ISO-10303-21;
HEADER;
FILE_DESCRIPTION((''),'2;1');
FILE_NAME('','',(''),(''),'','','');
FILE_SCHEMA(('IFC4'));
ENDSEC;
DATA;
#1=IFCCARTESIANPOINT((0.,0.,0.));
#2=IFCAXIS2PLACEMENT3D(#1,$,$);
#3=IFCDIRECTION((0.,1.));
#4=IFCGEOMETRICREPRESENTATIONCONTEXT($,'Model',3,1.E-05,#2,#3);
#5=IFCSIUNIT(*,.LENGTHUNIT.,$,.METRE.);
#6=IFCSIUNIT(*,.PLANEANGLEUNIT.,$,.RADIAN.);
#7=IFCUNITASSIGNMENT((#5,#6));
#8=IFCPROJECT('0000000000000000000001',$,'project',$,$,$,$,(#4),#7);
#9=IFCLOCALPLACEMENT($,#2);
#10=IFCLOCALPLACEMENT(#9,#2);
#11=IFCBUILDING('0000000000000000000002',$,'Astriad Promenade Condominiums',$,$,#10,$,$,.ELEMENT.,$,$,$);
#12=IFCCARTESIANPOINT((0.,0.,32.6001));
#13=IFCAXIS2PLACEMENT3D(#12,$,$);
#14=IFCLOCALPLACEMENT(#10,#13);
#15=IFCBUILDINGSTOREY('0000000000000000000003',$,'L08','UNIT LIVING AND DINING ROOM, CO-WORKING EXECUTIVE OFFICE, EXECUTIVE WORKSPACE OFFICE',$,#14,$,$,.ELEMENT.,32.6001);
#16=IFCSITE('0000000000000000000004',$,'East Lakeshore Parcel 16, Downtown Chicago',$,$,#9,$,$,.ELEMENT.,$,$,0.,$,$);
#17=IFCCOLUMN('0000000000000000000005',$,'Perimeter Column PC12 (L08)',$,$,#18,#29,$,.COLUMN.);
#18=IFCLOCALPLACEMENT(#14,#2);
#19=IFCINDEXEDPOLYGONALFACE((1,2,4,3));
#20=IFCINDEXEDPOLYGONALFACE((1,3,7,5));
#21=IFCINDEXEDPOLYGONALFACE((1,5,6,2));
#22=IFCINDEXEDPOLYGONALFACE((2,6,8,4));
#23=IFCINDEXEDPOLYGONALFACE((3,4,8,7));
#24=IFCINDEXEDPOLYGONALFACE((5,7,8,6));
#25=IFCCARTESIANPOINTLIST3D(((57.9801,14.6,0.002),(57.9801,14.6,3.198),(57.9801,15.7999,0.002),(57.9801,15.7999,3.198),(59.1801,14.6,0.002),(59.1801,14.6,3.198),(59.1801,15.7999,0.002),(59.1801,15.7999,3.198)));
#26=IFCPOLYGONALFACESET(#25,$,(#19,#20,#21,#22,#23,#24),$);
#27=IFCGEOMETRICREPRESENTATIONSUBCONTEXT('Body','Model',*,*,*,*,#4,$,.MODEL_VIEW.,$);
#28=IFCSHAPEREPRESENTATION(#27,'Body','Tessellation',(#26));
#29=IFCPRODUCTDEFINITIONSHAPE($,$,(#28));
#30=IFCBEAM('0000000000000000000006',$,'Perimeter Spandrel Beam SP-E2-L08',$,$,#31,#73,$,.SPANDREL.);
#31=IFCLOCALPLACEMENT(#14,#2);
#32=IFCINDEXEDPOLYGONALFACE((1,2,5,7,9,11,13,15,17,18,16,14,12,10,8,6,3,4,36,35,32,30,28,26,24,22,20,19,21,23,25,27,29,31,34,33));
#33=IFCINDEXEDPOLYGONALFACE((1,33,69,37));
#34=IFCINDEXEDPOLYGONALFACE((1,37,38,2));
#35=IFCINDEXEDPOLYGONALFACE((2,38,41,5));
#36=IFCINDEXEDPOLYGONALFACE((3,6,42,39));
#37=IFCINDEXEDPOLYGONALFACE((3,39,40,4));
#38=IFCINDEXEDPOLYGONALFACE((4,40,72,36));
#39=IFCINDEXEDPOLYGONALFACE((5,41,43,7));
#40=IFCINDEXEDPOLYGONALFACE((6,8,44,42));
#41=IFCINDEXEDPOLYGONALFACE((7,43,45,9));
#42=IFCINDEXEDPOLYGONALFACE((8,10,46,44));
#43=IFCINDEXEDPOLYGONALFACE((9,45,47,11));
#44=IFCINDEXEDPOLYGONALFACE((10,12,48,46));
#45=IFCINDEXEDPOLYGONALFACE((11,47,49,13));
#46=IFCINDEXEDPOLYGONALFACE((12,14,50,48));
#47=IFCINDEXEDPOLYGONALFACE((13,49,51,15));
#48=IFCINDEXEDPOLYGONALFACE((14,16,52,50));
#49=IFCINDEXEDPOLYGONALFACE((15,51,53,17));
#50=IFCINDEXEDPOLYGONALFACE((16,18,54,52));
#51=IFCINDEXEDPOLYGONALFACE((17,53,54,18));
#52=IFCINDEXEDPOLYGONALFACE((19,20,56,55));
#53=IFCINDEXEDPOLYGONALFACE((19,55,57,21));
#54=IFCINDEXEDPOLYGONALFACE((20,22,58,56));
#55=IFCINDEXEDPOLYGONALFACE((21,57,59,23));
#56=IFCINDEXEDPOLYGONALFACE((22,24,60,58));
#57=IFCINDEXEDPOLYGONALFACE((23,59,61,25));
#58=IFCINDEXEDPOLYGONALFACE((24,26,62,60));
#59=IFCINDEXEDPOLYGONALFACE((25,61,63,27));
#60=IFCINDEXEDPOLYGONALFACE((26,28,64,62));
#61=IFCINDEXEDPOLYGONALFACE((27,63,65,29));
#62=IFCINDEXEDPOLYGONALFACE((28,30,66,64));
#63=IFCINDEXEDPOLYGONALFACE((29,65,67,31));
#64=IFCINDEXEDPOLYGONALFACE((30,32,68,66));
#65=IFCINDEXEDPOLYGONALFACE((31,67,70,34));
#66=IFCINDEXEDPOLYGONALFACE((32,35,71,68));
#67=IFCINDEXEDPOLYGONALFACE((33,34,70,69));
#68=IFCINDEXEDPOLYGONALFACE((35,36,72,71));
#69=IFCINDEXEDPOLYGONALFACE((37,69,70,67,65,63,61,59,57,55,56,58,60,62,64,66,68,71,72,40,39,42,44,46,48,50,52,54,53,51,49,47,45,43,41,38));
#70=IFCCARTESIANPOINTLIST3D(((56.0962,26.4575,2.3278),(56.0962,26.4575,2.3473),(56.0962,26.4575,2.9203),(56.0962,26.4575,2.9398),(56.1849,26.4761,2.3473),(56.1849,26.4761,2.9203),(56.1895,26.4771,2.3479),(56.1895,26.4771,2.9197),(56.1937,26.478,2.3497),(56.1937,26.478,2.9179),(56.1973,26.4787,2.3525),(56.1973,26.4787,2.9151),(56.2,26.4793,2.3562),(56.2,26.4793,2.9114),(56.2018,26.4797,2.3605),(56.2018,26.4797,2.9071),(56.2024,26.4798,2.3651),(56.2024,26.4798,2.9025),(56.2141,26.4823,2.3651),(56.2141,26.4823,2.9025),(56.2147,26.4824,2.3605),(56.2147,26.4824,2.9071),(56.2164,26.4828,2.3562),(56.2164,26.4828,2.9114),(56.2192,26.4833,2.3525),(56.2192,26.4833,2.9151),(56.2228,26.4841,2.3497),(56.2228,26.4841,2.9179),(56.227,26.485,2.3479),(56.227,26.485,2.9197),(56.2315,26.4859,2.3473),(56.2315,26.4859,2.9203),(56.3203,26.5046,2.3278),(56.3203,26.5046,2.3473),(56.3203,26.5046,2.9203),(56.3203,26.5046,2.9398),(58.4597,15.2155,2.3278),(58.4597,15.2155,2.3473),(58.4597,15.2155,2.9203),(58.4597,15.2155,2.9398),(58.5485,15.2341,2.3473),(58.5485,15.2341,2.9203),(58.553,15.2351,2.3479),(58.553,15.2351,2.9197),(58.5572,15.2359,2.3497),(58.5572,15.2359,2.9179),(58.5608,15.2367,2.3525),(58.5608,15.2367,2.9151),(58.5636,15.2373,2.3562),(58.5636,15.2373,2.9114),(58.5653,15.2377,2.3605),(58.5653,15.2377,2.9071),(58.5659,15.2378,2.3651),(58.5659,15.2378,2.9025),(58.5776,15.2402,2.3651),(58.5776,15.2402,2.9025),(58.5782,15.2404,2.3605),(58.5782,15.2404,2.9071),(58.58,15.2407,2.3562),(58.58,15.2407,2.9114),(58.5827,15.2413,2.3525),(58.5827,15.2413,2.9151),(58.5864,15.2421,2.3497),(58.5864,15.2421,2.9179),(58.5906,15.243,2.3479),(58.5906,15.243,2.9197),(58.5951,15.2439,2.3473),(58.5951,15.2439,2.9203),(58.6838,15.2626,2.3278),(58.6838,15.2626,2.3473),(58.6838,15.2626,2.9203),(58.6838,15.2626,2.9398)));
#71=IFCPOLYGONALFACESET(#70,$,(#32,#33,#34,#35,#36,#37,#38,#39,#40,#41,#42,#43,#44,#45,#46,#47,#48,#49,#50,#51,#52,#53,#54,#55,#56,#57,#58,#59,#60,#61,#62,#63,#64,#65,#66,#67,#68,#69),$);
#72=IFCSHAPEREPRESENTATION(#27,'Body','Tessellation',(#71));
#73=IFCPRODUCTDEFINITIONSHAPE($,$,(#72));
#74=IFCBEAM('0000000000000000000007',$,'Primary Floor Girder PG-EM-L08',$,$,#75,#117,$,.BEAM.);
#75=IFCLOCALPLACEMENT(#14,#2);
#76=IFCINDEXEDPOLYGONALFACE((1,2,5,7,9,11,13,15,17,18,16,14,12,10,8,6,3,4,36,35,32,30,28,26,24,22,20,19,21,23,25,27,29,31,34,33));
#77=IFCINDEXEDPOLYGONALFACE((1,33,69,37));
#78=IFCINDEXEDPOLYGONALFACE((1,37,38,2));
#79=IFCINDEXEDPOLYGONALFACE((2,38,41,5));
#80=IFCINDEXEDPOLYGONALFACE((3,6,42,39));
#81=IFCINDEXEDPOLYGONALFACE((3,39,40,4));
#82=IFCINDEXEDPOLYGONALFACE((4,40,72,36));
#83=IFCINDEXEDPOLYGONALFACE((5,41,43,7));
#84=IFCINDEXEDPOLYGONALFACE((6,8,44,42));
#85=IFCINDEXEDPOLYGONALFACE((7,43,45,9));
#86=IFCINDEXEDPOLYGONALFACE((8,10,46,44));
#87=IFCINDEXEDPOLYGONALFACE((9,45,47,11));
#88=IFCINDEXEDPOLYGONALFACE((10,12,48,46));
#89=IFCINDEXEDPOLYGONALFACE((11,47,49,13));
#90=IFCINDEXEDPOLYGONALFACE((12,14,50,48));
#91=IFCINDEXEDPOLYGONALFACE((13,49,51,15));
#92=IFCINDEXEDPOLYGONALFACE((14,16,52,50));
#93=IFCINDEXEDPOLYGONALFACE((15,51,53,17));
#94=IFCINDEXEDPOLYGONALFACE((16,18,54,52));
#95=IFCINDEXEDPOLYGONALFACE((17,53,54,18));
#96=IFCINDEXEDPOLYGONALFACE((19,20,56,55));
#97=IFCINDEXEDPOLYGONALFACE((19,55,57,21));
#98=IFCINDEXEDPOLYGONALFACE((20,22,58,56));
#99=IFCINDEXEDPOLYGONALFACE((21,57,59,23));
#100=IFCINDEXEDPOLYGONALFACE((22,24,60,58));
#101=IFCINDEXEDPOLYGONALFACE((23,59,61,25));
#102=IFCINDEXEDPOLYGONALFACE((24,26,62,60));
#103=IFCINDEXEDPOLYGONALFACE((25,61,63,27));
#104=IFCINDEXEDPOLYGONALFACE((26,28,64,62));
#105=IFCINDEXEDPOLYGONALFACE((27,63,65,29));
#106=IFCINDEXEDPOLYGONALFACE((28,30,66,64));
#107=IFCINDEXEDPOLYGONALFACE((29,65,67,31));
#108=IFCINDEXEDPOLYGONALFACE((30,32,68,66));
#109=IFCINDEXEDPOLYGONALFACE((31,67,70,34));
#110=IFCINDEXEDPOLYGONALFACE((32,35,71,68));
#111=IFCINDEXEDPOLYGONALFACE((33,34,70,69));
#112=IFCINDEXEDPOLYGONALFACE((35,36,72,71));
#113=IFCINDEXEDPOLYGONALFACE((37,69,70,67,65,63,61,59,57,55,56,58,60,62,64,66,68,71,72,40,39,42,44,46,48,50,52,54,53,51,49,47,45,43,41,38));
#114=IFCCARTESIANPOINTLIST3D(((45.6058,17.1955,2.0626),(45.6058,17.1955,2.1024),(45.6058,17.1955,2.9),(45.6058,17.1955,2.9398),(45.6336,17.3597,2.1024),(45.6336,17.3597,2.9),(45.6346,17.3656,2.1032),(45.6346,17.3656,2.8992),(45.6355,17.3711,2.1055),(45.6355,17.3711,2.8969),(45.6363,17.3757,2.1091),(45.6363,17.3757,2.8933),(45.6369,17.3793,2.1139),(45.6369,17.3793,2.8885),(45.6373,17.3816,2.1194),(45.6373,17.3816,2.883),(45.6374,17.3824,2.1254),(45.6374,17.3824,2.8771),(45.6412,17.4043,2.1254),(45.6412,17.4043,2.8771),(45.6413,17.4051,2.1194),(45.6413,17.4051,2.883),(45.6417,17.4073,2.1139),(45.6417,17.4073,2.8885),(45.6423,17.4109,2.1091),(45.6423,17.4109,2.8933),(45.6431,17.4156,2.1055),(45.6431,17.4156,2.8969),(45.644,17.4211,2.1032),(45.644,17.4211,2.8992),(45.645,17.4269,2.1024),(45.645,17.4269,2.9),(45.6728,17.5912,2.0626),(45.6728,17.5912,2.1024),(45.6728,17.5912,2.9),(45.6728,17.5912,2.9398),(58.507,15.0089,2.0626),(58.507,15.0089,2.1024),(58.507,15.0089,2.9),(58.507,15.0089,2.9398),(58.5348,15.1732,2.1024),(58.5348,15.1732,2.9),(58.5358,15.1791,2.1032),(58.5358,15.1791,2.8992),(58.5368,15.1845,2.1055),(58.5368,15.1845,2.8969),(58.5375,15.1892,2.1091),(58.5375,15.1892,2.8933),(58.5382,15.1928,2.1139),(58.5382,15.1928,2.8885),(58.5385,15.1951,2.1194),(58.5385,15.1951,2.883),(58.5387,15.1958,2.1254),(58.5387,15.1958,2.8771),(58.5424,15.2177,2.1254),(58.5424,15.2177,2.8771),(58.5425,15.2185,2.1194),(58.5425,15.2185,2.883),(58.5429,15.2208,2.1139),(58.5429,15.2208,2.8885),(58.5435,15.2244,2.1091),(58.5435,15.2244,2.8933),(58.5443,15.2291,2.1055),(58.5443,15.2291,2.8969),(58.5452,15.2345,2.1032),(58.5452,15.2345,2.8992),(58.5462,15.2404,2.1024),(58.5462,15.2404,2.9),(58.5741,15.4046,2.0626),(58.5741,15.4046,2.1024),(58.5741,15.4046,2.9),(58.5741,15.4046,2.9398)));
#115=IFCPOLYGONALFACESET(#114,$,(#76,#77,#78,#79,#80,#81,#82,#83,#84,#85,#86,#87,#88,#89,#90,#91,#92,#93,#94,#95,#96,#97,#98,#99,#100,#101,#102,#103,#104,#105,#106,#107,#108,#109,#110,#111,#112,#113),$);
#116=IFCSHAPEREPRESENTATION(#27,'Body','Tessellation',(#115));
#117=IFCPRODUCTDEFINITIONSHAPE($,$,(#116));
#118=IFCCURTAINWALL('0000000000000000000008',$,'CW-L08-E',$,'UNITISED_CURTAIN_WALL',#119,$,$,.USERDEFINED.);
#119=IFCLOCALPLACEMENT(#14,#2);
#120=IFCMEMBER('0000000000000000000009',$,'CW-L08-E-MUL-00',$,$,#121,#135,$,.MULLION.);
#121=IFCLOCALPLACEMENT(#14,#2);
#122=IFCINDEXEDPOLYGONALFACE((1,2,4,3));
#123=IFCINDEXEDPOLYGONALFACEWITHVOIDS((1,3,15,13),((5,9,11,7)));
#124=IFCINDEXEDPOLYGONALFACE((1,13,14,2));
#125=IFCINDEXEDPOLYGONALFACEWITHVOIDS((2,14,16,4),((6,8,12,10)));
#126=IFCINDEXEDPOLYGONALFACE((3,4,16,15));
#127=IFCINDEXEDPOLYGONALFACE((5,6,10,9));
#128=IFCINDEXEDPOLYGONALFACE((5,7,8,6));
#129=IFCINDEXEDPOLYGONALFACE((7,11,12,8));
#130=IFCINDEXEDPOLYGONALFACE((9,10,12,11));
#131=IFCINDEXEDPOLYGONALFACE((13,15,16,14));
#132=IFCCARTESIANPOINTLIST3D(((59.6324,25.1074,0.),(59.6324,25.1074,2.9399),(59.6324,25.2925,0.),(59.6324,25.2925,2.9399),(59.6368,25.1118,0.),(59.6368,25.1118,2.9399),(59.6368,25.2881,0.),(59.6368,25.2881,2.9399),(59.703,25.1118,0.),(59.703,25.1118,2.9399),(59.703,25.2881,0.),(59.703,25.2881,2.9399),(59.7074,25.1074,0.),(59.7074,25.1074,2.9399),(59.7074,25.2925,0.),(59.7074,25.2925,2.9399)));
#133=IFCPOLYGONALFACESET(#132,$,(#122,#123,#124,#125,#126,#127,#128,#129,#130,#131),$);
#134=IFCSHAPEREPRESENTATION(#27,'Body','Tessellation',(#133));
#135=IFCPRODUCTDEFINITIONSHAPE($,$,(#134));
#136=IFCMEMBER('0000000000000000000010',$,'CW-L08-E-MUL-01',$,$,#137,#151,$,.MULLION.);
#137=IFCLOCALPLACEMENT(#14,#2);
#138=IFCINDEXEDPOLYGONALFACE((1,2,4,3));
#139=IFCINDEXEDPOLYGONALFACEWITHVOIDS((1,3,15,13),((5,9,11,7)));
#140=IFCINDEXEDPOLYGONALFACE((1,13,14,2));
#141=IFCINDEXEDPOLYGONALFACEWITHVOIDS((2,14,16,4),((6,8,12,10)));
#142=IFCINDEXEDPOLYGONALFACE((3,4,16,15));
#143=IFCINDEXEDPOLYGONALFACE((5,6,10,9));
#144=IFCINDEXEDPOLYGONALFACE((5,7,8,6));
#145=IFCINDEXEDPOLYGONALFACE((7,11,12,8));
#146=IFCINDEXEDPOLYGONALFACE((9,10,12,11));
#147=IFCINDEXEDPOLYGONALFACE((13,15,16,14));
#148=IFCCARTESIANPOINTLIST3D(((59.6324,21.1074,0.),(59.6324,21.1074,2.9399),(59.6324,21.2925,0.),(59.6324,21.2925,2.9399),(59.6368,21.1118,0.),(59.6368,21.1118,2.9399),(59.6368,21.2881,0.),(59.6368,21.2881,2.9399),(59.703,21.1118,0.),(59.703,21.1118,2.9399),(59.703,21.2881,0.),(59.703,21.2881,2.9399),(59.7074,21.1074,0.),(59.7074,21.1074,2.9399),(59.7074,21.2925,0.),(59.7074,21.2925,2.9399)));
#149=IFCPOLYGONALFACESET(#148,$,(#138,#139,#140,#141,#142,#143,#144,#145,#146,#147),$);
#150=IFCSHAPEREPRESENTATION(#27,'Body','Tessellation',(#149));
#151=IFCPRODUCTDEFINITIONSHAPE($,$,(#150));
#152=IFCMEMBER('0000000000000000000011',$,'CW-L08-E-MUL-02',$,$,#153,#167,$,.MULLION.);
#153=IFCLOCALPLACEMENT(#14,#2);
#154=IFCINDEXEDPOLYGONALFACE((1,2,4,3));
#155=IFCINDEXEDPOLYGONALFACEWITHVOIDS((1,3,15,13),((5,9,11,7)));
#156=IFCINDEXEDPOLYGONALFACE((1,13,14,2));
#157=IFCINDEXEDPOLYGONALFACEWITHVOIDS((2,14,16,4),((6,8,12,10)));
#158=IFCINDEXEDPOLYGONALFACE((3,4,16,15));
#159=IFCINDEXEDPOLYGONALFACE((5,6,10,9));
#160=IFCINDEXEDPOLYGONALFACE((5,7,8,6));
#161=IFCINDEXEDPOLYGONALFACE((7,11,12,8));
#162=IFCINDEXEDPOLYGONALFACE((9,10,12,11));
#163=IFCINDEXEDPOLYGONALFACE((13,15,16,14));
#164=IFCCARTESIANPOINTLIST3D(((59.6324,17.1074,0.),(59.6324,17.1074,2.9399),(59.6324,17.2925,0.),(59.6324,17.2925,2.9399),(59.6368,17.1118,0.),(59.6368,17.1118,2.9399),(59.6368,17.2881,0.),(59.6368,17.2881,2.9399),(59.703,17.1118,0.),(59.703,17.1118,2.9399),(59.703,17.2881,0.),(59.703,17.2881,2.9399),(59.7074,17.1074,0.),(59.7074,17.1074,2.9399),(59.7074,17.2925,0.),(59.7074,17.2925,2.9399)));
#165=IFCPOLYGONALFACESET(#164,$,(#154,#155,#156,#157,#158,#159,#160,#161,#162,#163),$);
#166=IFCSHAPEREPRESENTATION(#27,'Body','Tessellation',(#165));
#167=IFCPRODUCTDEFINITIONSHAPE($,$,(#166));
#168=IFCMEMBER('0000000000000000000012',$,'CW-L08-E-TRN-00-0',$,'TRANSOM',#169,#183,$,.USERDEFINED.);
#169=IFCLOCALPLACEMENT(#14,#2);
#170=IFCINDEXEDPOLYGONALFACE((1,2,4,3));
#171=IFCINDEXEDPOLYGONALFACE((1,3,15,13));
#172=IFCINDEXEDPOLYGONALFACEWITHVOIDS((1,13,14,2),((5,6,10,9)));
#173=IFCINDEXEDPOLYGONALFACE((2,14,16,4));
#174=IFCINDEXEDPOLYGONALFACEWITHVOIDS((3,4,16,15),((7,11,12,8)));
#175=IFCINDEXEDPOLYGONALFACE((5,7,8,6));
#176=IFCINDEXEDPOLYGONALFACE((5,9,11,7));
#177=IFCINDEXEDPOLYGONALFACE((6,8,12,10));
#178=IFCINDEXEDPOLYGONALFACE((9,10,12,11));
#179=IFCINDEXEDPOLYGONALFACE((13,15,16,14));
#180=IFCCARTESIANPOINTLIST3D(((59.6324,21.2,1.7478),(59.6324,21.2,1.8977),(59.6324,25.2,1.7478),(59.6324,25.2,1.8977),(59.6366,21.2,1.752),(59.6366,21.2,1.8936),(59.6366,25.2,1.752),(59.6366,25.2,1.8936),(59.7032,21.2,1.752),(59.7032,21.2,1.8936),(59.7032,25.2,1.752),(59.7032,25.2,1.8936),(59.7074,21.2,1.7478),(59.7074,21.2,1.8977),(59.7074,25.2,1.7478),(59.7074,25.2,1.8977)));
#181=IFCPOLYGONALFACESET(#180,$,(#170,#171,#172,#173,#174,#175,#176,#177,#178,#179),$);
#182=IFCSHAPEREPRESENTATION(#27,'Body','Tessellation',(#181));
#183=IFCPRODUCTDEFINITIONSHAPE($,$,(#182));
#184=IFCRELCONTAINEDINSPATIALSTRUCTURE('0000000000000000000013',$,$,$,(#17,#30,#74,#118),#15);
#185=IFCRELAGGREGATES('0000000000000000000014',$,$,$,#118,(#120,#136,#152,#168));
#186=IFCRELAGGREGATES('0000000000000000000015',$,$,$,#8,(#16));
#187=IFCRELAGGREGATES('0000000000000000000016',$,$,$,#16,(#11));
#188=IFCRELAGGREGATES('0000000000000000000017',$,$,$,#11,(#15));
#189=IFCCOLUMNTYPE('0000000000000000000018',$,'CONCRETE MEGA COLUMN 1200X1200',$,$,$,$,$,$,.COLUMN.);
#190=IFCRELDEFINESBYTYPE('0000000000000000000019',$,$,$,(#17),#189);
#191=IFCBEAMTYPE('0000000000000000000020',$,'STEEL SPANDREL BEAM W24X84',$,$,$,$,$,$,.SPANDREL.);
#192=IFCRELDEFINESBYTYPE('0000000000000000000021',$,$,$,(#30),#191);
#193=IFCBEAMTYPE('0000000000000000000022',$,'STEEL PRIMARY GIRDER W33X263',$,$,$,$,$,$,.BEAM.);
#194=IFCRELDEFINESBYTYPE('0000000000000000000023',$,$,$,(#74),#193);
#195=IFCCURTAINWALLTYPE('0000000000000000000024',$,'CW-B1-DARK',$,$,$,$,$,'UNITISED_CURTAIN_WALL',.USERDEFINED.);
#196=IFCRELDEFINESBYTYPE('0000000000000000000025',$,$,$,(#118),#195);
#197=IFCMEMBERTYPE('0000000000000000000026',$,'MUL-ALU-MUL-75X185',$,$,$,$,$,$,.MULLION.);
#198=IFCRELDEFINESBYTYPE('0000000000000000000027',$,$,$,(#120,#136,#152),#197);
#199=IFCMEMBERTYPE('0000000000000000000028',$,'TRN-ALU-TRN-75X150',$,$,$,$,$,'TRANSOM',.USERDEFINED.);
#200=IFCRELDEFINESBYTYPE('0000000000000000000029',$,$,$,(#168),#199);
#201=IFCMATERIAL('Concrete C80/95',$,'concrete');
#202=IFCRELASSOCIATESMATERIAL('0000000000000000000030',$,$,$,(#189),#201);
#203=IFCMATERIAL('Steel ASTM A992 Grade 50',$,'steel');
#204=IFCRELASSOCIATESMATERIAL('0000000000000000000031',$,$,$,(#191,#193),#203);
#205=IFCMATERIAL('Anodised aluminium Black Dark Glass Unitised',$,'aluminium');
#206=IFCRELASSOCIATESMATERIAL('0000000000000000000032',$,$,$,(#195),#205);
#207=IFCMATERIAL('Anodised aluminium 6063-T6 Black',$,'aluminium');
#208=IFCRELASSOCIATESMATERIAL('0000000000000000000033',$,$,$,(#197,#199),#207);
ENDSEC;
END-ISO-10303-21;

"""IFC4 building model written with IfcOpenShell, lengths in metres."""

from ifc_helpers import new_model, si_unit, direction, frame, origin, origin_2d, place, context, subcontext, project, spatial, rectangle, hollow_rectangle, i_section, extrude, source, transform, mapped, material, material_profile, profile_set, type_object, type_shapes, element, aggregate, save


model = new_model("IFC4")

# Units and contexts
model_context = context("Model", 3, precision=1e-05, world=origin(), true_north=direction((0.0, 1.0)))
body_context = subcontext(model_context, "Body", "Model", "MODEL_VIEW")
ifc_project = project(units=[si_unit("LENGTHUNIT", "METRE"), si_unit("PLANEANGLEUNIT", "RADIAN")], contexts=[model_context])

# Site, building, storey
site_placement = place(None, origin())
site = spatial("IfcSite", under=ifc_project, at=site_placement, Name="East Lakeshore Parcel 16, Downtown Chicago", CompositionType="ELEMENT", RefElevation=0.0)
building_placement = place(site_placement, origin())
building = spatial("IfcBuilding", under=site, at=building_placement, Name="Astriad Promenade Condominiums", CompositionType="ELEMENT")
storey_placement = place(building_placement, frame((0.0, 0.0, 32.6001)))
storey = spatial("IfcBuildingStorey", under=building, at=storey_placement, Name="L08", Description="UNIT LIVING AND DINING ROOM, CO-WORKING EXECUTIVE OFFICE, EXECUTIVE WORKSPACE OFFICE", CompositionType="ELEMENT", Elevation=32.6001)

# Column
ifc_material_1 = material(Name="Concrete C80/95", Category="concrete")
ifc_material_profile_1 = material_profile(ifc_material_1, rectangle(XDim=1.2, YDim=1.2, at=origin_2d()), Name="RC-COL-1200X1200")
ifc_profile_set_1 = profile_set([ifc_material_profile_1], Name="Concrete C80/95")
column_type = type_object("IfcColumnType", Name="CONCRETE MEGA COLUMN 1200X1200", PredefinedType="COLUMN", material=ifc_profile_set_1)
shared_shape_1 = source(origin(), body_context, "Body", "SweptSolid", [
    extrude(rectangle(XDim=1.2, YDim=1.2, at=origin_2d()), origin(), (0.0, 0.0, 1.0), 3.196),
])
type_shapes(column_type, [shared_shape_1])
column_placement = place(storey_placement, frame((58.5801, 15.2, 0.002), z_axis=(0.0, 0.0, 1.0), x_axis=(1.0, 0.0, 0.0)))
element("IfcColumn", 1, at=column_placement, inside=storey, type_object=column_type, Name="Perimeter Column PC12 (L08)", PredefinedType="COLUMN", context=body_context, shape_type="MappedRepresentation", body=[
    mapped(shared_shape_1, transform((0.0, 0.0, 0.0), scale=1.0)),
])

# Beams
ifc_material_2 = material(Name="Steel ASTM A992 Grade 50", Category="steel")
ifc_material_profile_2 = material_profile(ifc_material_2, i_section(OverallWidth=0.229, OverallDepth=0.6121, WebThickness=0.012, FlangeThickness=0.0195, FilletRadius=0.0178, at=origin_2d()), Name="W24X84")
ifc_profile_set_2 = profile_set([ifc_material_profile_2], Name="Steel ASTM A992 Grade 50")
beam_type_1 = type_object("IfcBeamType", Name="STEEL SPANDREL BEAM W24X84", PredefinedType="SPANDREL", material=ifc_profile_set_2)
shared_shape_2 = source(origin(), body_context, "Body", "SweptSolid", [
    extrude(i_section(OverallWidth=0.229, OverallDepth=0.6121, WebThickness=0.012, FlangeThickness=0.0195, FilletRadius=0.0178, at=origin_2d()), origin(), (0.0, 0.0, 1.0), 11.4878),
])
type_shapes(beam_type_1, [shared_shape_2])
beam_1_placement = place(storey_placement, frame((58.5718, 15.239, 2.6338), z_axis=(-0.205744, 0.978606, 0.0), x_axis=(-0.978606, -0.205744, 0.0)))
element("IfcBeam", 2, at=beam_1_placement, inside=storey, type_object=beam_type_1, Name="Perimeter Spandrel Beam SP-E2-L08", PredefinedType="SPANDREL", context=body_context, shape_type="MappedRepresentation", body=[
    mapped(shared_shape_2, transform((0.0, 0.0, 0.0), scale=1.0)),
])
ifc_material_profile_3 = material_profile(ifc_material_2, i_section(OverallWidth=0.4014, OverallDepth=0.8772, WebThickness=0.0222, FlangeThickness=0.0398, FilletRadius=0.0229, at=origin_2d()), Name="W33X263")
ifc_profile_set_3 = profile_set([ifc_material_profile_3], Name="Steel ASTM A992 Grade 50")
beam_type_2 = type_object("IfcBeamType", Name="STEEL PRIMARY GIRDER W33X263", PredefinedType="BEAM", material=ifc_profile_set_3)
shared_shape_3 = source(origin(), body_context, "Body", "SweptSolid", [
    extrude(i_section(OverallWidth=0.4014, OverallDepth=0.8772, WebThickness=0.0222, FlangeThickness=0.0398, FilletRadius=0.0229, at=origin_2d()), origin(), (0.0, 0.0, 1.0), 13.0852),
])
type_shapes(beam_type_2, [shared_shape_3])
beam_2_placement = place(storey_placement, frame((58.5405, 15.2068, 2.5012), z_axis=(-0.98594, 0.1671, 0.0), x_axis=(-0.1671, -0.98594, 0.0)))
element("IfcBeam", 3, at=beam_2_placement, inside=storey, type_object=beam_type_2, Name="Primary Floor Girder PG-EM-L08", PredefinedType="BEAM", context=body_context, shape_type="MappedRepresentation", body=[
    mapped(shared_shape_3, transform((0.0, 0.0, 0.0), scale=1.0)),
])

# Curtain wall, members
ifc_material_3 = material(Name="Anodised aluminium Black Dark Glass Unitised", Category="aluminium")
curtain_wall_type = type_object("IfcCurtainWallType", Name="CW-B1-DARK", ElementType="UNITISED_CURTAIN_WALL", PredefinedType="USERDEFINED", material=ifc_material_3)
curtain_wall_placement = place(storey_placement, origin())
curtain_wall = element("IfcCurtainWall", 4, at=curtain_wall_placement, inside=storey, type_object=curtain_wall_type, Name="CW-L08-E", ObjectType="UNITISED_CURTAIN_WALL", PredefinedType="USERDEFINED")
ifc_material_4 = material(Name="Anodised aluminium 6063-T6 Black", Category="aluminium")
ifc_material_profile_4 = material_profile(ifc_material_4, hollow_rectangle(XDim=0.075, YDim=0.1851, WallThickness=0.0044, at=origin_2d()), Name="ALU-MUL-75X185")
ifc_profile_set_4 = profile_set([ifc_material_profile_4], Name="Anodised aluminium 6063-T6 Black")
member_type_1 = type_object("IfcMemberType", Name="MUL-ALU-MUL-75X185", PredefinedType="MULLION", material=ifc_profile_set_4)
shared_shape_4 = source(origin(), body_context, "Body", "SweptSolid", [
    extrude(hollow_rectangle(XDim=0.075, YDim=0.1851, WallThickness=0.0044, at=origin_2d()), origin(), (0.0, 0.0, 1.0), 2.9399),
])
type_shapes(member_type_1, [shared_shape_4])
member_1_placement = place(storey_placement, frame((59.6699, 25.2, 0.0), z_axis=(0.0, 0.0, 1.0), x_axis=(1.0, 0.0, 0.0)))
member_1 = element("IfcMember", 5, at=member_1_placement, type_object=member_type_1, Name="CW-L08-E-MUL-00", PredefinedType="MULLION", context=body_context, shape_type="MappedRepresentation", body=[
    mapped(shared_shape_4, transform((0.0, 0.0, 0.0), scale=1.0)),
])
member_2_placement = place(storey_placement, frame((59.6699, 21.2, 0.0), z_axis=(0.0, 0.0, 1.0), x_axis=(1.0, 0.0, 0.0)))
member_2 = element("IfcMember", 6, at=member_2_placement, type_object=member_type_1, Name="CW-L08-E-MUL-01", PredefinedType="MULLION", context=body_context, shape_type="MappedRepresentation", body=[
    mapped(shared_shape_4, transform((0.0, 0.0, 0.0), scale=1.0)),
])
member_3_placement = place(storey_placement, frame((59.6699, 17.2, 0.0), z_axis=(0.0, 0.0, 1.0), x_axis=(1.0, 0.0, 0.0)))
member_3 = element("IfcMember", 7, at=member_3_placement, type_object=member_type_1, Name="CW-L08-E-MUL-02", PredefinedType="MULLION", context=body_context, shape_type="MappedRepresentation", body=[
    mapped(shared_shape_4, transform((0.0, 0.0, 0.0), scale=1.0)),
])
ifc_material_profile_5 = material_profile(ifc_material_4, hollow_rectangle(XDim=0.075, YDim=0.1499, WallThickness=0.0042, at=origin_2d()), Name="ALU-TRN-75X150")
ifc_profile_set_5 = profile_set([ifc_material_profile_5], Name="Anodised aluminium 6063-T6 Black")
member_type_2 = type_object("IfcMemberType", Name="TRN-ALU-TRN-75X150", ElementType="TRANSOM", PredefinedType="USERDEFINED", material=ifc_profile_set_5)
shared_shape_5 = source(origin(), body_context, "Body", "SweptSolid", [
    extrude(hollow_rectangle(XDim=0.075, YDim=0.1499, WallThickness=0.0042, at=origin_2d()), origin(), (0.0, 0.0, 1.0), 4.0),
])
type_shapes(member_type_2, [shared_shape_5])
member_4_placement = place(storey_placement, frame((59.6699, 25.2, 1.8228), z_axis=(0.0, -1.0, 0.0), x_axis=(1.0, 0.0, 0.0)))
member_4 = element("IfcMember", 8, at=member_4_placement, type_object=member_type_2, Name="CW-L08-E-TRN-00-0", ObjectType="TRANSOM", PredefinedType="USERDEFINED", context=body_context, shape_type="MappedRepresentation", body=[
    mapped(shared_shape_5, transform((0.0, 0.0, 0.0), scale=1.0)),
])
aggregate(curtain_wall, [member_1, member_2, member_3, member_4])

save(model, "model.ifc")
